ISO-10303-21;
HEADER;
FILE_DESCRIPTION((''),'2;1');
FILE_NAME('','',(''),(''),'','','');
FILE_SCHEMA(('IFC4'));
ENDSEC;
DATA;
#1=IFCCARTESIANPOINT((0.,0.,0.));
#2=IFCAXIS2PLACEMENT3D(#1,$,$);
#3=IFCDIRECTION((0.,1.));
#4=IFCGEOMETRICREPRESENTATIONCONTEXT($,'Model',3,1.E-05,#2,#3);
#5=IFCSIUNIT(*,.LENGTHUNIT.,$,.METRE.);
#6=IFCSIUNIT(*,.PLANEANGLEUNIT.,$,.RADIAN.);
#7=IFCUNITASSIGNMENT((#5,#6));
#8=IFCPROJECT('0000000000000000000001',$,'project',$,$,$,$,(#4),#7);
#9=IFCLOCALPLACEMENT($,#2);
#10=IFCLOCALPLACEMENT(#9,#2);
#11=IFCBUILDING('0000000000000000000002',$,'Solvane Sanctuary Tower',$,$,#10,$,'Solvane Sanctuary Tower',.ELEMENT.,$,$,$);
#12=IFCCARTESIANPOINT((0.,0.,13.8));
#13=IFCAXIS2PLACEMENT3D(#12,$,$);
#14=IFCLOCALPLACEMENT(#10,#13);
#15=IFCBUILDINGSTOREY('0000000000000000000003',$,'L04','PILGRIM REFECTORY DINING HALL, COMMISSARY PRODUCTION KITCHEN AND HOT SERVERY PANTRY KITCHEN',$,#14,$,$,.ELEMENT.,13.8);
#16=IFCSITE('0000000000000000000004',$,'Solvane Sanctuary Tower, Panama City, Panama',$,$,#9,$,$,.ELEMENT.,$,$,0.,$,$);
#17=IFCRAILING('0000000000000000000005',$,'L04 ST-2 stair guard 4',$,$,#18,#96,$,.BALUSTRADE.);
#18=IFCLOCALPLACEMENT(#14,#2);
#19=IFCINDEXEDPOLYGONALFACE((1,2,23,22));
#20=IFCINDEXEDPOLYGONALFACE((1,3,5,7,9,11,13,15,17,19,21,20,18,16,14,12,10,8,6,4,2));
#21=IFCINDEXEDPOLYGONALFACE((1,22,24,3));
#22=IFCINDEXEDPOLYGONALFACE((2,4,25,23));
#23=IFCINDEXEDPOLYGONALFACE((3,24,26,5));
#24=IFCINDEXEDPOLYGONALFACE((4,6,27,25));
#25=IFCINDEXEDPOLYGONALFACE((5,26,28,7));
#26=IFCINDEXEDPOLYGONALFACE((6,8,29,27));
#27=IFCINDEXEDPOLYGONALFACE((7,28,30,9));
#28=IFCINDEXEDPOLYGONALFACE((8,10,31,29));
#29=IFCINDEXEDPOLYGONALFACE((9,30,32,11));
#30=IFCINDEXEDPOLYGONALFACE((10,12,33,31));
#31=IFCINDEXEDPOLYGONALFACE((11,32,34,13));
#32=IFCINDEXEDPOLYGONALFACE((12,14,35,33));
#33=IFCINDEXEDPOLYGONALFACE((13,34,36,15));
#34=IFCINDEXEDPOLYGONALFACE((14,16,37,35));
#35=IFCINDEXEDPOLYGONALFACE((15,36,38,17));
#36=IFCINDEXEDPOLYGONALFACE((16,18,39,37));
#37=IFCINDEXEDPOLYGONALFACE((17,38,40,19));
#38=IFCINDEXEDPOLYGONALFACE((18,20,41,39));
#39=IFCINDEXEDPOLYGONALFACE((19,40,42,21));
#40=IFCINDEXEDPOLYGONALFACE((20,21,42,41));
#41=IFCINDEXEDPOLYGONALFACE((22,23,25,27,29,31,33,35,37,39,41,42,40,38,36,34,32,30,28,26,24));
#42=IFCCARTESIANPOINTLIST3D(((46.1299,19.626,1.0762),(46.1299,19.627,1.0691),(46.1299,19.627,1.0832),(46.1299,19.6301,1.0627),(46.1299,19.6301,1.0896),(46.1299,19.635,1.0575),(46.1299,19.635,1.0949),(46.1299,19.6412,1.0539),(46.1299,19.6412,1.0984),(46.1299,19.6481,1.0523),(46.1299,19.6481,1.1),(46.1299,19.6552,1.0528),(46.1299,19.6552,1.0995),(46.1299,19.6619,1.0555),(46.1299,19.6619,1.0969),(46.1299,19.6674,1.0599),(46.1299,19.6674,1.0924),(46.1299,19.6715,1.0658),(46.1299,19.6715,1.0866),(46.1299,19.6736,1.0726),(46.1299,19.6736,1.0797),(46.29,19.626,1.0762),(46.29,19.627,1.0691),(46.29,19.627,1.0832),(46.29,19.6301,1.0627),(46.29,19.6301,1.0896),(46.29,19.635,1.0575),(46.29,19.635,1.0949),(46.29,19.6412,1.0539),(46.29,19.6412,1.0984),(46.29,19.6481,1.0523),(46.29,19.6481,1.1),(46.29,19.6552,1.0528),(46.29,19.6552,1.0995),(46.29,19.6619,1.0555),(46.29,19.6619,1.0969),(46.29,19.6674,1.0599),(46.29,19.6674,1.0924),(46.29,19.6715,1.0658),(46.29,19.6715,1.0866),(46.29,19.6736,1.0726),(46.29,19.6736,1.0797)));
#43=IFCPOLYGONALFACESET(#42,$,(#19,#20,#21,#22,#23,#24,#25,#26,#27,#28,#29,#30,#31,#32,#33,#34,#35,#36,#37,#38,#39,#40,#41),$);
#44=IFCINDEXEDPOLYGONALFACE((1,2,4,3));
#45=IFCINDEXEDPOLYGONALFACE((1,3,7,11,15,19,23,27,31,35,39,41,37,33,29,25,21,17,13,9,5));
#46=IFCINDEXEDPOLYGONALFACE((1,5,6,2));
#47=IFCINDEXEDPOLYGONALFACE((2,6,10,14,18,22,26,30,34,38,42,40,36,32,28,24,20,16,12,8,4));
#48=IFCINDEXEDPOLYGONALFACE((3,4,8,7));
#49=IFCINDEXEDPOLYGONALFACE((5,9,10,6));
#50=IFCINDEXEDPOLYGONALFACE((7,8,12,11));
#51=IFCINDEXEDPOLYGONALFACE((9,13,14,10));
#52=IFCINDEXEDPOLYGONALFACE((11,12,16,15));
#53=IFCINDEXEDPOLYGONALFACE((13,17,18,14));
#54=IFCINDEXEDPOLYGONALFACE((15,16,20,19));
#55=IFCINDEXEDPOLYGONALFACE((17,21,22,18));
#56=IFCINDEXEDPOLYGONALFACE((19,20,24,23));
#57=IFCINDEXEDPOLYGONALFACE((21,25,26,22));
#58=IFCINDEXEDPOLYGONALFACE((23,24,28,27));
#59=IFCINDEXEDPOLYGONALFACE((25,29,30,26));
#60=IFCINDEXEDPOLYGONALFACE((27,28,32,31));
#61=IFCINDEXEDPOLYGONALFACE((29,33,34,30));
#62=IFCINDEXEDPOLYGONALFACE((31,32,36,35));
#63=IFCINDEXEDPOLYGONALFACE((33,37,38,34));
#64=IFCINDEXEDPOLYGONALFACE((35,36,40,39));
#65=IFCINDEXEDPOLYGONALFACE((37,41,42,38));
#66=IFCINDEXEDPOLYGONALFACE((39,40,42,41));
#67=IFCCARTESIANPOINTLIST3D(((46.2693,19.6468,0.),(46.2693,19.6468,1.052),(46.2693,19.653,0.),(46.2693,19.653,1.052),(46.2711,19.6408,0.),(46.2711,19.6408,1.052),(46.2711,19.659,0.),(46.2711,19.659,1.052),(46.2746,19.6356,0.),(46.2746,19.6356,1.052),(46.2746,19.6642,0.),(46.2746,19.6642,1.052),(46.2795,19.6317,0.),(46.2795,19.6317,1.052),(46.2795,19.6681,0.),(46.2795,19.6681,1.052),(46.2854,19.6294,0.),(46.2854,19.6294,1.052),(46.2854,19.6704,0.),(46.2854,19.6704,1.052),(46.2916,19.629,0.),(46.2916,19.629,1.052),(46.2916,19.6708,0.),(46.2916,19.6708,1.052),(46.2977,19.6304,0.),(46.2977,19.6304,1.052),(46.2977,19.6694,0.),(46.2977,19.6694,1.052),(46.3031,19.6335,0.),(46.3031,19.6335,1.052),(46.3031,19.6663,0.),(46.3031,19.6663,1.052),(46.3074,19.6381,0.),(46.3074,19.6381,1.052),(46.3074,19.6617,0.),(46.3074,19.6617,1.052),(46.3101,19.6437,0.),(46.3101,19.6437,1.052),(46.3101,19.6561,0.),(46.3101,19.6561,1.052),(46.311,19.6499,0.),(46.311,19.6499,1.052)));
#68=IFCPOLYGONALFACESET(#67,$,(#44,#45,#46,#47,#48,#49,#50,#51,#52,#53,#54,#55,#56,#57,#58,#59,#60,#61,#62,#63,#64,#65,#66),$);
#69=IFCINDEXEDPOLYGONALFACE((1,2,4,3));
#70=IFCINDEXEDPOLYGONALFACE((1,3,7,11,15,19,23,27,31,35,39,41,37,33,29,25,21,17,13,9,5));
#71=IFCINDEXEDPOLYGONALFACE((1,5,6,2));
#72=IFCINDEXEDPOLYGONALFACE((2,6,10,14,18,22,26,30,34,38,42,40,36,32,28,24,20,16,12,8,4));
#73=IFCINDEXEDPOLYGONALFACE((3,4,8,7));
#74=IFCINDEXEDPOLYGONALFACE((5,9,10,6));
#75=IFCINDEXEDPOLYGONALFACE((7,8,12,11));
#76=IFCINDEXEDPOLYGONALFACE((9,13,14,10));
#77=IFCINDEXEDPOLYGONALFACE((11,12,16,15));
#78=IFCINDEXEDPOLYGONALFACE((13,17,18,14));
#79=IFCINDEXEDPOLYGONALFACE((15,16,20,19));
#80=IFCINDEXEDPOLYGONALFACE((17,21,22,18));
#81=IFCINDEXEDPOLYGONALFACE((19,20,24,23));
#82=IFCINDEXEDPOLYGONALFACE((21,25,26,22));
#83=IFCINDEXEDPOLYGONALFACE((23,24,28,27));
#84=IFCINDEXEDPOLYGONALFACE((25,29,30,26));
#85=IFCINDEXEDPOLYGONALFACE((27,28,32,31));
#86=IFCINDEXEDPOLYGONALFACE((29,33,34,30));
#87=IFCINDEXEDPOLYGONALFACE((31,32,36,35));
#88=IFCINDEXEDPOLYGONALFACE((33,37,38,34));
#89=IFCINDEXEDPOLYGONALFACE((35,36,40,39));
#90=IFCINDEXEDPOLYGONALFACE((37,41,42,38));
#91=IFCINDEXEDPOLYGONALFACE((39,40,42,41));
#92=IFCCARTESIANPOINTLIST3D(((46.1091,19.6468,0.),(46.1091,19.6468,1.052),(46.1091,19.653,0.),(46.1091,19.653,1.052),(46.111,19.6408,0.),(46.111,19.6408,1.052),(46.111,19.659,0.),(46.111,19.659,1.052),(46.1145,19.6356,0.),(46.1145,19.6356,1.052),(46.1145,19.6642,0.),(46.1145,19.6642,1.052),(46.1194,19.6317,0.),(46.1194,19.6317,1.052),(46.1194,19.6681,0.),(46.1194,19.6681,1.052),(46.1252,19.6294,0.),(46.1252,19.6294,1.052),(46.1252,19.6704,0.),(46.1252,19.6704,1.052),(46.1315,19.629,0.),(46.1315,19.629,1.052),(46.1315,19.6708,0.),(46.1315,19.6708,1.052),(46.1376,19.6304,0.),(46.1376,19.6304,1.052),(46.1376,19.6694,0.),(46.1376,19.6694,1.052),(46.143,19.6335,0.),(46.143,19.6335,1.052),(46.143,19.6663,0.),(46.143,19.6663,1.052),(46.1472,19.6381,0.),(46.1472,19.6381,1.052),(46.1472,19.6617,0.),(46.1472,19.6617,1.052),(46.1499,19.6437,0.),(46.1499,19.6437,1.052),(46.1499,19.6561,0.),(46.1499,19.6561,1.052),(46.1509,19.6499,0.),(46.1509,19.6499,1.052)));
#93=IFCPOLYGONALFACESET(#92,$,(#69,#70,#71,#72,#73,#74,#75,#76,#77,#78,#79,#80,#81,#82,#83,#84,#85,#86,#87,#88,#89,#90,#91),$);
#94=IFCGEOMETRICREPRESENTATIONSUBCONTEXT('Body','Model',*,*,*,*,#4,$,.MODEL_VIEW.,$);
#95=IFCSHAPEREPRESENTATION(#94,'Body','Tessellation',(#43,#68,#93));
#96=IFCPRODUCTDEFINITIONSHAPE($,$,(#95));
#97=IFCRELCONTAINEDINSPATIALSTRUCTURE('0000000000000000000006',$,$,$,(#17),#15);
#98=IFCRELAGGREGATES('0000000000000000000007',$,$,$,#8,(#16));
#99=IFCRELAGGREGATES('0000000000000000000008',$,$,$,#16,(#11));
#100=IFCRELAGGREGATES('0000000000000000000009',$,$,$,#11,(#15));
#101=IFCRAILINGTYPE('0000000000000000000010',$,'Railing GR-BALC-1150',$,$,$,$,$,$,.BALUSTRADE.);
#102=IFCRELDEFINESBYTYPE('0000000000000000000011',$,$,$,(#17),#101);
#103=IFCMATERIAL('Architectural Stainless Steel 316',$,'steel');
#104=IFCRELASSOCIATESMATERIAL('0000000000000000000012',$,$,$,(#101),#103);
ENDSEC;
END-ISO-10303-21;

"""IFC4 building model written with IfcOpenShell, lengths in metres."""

from ifc_helpers import new_model, si_unit, direction, frame, origin, origin_2d, place, context, subcontext, project, spatial, circle, extrude, material, type_object, element, save


model = new_model("IFC4")

# Units and contexts
model_context = context("Model", 3, precision=1e-05, world=origin(), true_north=direction((0.0, 1.0)))
body_context = subcontext(model_context, "Body", "Model", "MODEL_VIEW")
ifc_project = project(units=[si_unit("LENGTHUNIT", "METRE"), si_unit("PLANEANGLEUNIT", "RADIAN")], contexts=[model_context])

# Site, building, storey
site_placement = place(None, origin())
site = spatial("IfcSite", under=ifc_project, at=site_placement, Name="Solvane Sanctuary Tower, Panama City, Panama", CompositionType="ELEMENT", RefElevation=0.0)
building_placement = place(site_placement, origin())
building = spatial("IfcBuilding", under=site, at=building_placement, Name="Solvane Sanctuary Tower", LongName="Solvane Sanctuary Tower", CompositionType="ELEMENT")
storey_placement = place(building_placement, frame((0.0, 0.0, 13.8)))
storey = spatial("IfcBuildingStorey", under=building, at=storey_placement, Name="L04", Description="PILGRIM REFECTORY DINING HALL, COMMISSARY PRODUCTION KITCHEN AND HOT SERVERY PANTRY KITCHEN", CompositionType="ELEMENT", Elevation=13.8)

# Shared definitions
ifc_material_1 = material(Name="Architectural Stainless Steel 316", Category="steel")

# Railing
railing_type = type_object("IfcRailingType", Name="Railing GR-BALC-1150", PredefinedType="BALUSTRADE", material=ifc_material_1)
railing_1_placement = place(storey_placement, frame((46.29, 19.6499, 0.0)))
element("IfcRailing", 1, at=railing_1_placement, inside=storey, type_object=railing_type, Name="L04 ST-2 stair guard 4", PredefinedType="BALUSTRADE", context=body_context, shape_type="SweptSolid", body=[
    extrude(circle(Radius=0.0239, at=origin_2d()), frame((0.0, 0.0, 1.0762), z_axis=(-1.0, 0.0, 0.0), x_axis=(0.0, -1.0, 0.0)), (0.0, 0.0, 1.0), 0.1602),
    extrude(circle(Radius=0.021, at=origin_2d()), origin(), (0.0, 0.0, 1.0), 1.052),
    extrude(circle(Radius=0.021, at=origin_2d()), frame((-0.1602, 0.0, 0.0)), (0.0, 0.0, 1.0), 1.052),
])

save(model, "model.ifc")
